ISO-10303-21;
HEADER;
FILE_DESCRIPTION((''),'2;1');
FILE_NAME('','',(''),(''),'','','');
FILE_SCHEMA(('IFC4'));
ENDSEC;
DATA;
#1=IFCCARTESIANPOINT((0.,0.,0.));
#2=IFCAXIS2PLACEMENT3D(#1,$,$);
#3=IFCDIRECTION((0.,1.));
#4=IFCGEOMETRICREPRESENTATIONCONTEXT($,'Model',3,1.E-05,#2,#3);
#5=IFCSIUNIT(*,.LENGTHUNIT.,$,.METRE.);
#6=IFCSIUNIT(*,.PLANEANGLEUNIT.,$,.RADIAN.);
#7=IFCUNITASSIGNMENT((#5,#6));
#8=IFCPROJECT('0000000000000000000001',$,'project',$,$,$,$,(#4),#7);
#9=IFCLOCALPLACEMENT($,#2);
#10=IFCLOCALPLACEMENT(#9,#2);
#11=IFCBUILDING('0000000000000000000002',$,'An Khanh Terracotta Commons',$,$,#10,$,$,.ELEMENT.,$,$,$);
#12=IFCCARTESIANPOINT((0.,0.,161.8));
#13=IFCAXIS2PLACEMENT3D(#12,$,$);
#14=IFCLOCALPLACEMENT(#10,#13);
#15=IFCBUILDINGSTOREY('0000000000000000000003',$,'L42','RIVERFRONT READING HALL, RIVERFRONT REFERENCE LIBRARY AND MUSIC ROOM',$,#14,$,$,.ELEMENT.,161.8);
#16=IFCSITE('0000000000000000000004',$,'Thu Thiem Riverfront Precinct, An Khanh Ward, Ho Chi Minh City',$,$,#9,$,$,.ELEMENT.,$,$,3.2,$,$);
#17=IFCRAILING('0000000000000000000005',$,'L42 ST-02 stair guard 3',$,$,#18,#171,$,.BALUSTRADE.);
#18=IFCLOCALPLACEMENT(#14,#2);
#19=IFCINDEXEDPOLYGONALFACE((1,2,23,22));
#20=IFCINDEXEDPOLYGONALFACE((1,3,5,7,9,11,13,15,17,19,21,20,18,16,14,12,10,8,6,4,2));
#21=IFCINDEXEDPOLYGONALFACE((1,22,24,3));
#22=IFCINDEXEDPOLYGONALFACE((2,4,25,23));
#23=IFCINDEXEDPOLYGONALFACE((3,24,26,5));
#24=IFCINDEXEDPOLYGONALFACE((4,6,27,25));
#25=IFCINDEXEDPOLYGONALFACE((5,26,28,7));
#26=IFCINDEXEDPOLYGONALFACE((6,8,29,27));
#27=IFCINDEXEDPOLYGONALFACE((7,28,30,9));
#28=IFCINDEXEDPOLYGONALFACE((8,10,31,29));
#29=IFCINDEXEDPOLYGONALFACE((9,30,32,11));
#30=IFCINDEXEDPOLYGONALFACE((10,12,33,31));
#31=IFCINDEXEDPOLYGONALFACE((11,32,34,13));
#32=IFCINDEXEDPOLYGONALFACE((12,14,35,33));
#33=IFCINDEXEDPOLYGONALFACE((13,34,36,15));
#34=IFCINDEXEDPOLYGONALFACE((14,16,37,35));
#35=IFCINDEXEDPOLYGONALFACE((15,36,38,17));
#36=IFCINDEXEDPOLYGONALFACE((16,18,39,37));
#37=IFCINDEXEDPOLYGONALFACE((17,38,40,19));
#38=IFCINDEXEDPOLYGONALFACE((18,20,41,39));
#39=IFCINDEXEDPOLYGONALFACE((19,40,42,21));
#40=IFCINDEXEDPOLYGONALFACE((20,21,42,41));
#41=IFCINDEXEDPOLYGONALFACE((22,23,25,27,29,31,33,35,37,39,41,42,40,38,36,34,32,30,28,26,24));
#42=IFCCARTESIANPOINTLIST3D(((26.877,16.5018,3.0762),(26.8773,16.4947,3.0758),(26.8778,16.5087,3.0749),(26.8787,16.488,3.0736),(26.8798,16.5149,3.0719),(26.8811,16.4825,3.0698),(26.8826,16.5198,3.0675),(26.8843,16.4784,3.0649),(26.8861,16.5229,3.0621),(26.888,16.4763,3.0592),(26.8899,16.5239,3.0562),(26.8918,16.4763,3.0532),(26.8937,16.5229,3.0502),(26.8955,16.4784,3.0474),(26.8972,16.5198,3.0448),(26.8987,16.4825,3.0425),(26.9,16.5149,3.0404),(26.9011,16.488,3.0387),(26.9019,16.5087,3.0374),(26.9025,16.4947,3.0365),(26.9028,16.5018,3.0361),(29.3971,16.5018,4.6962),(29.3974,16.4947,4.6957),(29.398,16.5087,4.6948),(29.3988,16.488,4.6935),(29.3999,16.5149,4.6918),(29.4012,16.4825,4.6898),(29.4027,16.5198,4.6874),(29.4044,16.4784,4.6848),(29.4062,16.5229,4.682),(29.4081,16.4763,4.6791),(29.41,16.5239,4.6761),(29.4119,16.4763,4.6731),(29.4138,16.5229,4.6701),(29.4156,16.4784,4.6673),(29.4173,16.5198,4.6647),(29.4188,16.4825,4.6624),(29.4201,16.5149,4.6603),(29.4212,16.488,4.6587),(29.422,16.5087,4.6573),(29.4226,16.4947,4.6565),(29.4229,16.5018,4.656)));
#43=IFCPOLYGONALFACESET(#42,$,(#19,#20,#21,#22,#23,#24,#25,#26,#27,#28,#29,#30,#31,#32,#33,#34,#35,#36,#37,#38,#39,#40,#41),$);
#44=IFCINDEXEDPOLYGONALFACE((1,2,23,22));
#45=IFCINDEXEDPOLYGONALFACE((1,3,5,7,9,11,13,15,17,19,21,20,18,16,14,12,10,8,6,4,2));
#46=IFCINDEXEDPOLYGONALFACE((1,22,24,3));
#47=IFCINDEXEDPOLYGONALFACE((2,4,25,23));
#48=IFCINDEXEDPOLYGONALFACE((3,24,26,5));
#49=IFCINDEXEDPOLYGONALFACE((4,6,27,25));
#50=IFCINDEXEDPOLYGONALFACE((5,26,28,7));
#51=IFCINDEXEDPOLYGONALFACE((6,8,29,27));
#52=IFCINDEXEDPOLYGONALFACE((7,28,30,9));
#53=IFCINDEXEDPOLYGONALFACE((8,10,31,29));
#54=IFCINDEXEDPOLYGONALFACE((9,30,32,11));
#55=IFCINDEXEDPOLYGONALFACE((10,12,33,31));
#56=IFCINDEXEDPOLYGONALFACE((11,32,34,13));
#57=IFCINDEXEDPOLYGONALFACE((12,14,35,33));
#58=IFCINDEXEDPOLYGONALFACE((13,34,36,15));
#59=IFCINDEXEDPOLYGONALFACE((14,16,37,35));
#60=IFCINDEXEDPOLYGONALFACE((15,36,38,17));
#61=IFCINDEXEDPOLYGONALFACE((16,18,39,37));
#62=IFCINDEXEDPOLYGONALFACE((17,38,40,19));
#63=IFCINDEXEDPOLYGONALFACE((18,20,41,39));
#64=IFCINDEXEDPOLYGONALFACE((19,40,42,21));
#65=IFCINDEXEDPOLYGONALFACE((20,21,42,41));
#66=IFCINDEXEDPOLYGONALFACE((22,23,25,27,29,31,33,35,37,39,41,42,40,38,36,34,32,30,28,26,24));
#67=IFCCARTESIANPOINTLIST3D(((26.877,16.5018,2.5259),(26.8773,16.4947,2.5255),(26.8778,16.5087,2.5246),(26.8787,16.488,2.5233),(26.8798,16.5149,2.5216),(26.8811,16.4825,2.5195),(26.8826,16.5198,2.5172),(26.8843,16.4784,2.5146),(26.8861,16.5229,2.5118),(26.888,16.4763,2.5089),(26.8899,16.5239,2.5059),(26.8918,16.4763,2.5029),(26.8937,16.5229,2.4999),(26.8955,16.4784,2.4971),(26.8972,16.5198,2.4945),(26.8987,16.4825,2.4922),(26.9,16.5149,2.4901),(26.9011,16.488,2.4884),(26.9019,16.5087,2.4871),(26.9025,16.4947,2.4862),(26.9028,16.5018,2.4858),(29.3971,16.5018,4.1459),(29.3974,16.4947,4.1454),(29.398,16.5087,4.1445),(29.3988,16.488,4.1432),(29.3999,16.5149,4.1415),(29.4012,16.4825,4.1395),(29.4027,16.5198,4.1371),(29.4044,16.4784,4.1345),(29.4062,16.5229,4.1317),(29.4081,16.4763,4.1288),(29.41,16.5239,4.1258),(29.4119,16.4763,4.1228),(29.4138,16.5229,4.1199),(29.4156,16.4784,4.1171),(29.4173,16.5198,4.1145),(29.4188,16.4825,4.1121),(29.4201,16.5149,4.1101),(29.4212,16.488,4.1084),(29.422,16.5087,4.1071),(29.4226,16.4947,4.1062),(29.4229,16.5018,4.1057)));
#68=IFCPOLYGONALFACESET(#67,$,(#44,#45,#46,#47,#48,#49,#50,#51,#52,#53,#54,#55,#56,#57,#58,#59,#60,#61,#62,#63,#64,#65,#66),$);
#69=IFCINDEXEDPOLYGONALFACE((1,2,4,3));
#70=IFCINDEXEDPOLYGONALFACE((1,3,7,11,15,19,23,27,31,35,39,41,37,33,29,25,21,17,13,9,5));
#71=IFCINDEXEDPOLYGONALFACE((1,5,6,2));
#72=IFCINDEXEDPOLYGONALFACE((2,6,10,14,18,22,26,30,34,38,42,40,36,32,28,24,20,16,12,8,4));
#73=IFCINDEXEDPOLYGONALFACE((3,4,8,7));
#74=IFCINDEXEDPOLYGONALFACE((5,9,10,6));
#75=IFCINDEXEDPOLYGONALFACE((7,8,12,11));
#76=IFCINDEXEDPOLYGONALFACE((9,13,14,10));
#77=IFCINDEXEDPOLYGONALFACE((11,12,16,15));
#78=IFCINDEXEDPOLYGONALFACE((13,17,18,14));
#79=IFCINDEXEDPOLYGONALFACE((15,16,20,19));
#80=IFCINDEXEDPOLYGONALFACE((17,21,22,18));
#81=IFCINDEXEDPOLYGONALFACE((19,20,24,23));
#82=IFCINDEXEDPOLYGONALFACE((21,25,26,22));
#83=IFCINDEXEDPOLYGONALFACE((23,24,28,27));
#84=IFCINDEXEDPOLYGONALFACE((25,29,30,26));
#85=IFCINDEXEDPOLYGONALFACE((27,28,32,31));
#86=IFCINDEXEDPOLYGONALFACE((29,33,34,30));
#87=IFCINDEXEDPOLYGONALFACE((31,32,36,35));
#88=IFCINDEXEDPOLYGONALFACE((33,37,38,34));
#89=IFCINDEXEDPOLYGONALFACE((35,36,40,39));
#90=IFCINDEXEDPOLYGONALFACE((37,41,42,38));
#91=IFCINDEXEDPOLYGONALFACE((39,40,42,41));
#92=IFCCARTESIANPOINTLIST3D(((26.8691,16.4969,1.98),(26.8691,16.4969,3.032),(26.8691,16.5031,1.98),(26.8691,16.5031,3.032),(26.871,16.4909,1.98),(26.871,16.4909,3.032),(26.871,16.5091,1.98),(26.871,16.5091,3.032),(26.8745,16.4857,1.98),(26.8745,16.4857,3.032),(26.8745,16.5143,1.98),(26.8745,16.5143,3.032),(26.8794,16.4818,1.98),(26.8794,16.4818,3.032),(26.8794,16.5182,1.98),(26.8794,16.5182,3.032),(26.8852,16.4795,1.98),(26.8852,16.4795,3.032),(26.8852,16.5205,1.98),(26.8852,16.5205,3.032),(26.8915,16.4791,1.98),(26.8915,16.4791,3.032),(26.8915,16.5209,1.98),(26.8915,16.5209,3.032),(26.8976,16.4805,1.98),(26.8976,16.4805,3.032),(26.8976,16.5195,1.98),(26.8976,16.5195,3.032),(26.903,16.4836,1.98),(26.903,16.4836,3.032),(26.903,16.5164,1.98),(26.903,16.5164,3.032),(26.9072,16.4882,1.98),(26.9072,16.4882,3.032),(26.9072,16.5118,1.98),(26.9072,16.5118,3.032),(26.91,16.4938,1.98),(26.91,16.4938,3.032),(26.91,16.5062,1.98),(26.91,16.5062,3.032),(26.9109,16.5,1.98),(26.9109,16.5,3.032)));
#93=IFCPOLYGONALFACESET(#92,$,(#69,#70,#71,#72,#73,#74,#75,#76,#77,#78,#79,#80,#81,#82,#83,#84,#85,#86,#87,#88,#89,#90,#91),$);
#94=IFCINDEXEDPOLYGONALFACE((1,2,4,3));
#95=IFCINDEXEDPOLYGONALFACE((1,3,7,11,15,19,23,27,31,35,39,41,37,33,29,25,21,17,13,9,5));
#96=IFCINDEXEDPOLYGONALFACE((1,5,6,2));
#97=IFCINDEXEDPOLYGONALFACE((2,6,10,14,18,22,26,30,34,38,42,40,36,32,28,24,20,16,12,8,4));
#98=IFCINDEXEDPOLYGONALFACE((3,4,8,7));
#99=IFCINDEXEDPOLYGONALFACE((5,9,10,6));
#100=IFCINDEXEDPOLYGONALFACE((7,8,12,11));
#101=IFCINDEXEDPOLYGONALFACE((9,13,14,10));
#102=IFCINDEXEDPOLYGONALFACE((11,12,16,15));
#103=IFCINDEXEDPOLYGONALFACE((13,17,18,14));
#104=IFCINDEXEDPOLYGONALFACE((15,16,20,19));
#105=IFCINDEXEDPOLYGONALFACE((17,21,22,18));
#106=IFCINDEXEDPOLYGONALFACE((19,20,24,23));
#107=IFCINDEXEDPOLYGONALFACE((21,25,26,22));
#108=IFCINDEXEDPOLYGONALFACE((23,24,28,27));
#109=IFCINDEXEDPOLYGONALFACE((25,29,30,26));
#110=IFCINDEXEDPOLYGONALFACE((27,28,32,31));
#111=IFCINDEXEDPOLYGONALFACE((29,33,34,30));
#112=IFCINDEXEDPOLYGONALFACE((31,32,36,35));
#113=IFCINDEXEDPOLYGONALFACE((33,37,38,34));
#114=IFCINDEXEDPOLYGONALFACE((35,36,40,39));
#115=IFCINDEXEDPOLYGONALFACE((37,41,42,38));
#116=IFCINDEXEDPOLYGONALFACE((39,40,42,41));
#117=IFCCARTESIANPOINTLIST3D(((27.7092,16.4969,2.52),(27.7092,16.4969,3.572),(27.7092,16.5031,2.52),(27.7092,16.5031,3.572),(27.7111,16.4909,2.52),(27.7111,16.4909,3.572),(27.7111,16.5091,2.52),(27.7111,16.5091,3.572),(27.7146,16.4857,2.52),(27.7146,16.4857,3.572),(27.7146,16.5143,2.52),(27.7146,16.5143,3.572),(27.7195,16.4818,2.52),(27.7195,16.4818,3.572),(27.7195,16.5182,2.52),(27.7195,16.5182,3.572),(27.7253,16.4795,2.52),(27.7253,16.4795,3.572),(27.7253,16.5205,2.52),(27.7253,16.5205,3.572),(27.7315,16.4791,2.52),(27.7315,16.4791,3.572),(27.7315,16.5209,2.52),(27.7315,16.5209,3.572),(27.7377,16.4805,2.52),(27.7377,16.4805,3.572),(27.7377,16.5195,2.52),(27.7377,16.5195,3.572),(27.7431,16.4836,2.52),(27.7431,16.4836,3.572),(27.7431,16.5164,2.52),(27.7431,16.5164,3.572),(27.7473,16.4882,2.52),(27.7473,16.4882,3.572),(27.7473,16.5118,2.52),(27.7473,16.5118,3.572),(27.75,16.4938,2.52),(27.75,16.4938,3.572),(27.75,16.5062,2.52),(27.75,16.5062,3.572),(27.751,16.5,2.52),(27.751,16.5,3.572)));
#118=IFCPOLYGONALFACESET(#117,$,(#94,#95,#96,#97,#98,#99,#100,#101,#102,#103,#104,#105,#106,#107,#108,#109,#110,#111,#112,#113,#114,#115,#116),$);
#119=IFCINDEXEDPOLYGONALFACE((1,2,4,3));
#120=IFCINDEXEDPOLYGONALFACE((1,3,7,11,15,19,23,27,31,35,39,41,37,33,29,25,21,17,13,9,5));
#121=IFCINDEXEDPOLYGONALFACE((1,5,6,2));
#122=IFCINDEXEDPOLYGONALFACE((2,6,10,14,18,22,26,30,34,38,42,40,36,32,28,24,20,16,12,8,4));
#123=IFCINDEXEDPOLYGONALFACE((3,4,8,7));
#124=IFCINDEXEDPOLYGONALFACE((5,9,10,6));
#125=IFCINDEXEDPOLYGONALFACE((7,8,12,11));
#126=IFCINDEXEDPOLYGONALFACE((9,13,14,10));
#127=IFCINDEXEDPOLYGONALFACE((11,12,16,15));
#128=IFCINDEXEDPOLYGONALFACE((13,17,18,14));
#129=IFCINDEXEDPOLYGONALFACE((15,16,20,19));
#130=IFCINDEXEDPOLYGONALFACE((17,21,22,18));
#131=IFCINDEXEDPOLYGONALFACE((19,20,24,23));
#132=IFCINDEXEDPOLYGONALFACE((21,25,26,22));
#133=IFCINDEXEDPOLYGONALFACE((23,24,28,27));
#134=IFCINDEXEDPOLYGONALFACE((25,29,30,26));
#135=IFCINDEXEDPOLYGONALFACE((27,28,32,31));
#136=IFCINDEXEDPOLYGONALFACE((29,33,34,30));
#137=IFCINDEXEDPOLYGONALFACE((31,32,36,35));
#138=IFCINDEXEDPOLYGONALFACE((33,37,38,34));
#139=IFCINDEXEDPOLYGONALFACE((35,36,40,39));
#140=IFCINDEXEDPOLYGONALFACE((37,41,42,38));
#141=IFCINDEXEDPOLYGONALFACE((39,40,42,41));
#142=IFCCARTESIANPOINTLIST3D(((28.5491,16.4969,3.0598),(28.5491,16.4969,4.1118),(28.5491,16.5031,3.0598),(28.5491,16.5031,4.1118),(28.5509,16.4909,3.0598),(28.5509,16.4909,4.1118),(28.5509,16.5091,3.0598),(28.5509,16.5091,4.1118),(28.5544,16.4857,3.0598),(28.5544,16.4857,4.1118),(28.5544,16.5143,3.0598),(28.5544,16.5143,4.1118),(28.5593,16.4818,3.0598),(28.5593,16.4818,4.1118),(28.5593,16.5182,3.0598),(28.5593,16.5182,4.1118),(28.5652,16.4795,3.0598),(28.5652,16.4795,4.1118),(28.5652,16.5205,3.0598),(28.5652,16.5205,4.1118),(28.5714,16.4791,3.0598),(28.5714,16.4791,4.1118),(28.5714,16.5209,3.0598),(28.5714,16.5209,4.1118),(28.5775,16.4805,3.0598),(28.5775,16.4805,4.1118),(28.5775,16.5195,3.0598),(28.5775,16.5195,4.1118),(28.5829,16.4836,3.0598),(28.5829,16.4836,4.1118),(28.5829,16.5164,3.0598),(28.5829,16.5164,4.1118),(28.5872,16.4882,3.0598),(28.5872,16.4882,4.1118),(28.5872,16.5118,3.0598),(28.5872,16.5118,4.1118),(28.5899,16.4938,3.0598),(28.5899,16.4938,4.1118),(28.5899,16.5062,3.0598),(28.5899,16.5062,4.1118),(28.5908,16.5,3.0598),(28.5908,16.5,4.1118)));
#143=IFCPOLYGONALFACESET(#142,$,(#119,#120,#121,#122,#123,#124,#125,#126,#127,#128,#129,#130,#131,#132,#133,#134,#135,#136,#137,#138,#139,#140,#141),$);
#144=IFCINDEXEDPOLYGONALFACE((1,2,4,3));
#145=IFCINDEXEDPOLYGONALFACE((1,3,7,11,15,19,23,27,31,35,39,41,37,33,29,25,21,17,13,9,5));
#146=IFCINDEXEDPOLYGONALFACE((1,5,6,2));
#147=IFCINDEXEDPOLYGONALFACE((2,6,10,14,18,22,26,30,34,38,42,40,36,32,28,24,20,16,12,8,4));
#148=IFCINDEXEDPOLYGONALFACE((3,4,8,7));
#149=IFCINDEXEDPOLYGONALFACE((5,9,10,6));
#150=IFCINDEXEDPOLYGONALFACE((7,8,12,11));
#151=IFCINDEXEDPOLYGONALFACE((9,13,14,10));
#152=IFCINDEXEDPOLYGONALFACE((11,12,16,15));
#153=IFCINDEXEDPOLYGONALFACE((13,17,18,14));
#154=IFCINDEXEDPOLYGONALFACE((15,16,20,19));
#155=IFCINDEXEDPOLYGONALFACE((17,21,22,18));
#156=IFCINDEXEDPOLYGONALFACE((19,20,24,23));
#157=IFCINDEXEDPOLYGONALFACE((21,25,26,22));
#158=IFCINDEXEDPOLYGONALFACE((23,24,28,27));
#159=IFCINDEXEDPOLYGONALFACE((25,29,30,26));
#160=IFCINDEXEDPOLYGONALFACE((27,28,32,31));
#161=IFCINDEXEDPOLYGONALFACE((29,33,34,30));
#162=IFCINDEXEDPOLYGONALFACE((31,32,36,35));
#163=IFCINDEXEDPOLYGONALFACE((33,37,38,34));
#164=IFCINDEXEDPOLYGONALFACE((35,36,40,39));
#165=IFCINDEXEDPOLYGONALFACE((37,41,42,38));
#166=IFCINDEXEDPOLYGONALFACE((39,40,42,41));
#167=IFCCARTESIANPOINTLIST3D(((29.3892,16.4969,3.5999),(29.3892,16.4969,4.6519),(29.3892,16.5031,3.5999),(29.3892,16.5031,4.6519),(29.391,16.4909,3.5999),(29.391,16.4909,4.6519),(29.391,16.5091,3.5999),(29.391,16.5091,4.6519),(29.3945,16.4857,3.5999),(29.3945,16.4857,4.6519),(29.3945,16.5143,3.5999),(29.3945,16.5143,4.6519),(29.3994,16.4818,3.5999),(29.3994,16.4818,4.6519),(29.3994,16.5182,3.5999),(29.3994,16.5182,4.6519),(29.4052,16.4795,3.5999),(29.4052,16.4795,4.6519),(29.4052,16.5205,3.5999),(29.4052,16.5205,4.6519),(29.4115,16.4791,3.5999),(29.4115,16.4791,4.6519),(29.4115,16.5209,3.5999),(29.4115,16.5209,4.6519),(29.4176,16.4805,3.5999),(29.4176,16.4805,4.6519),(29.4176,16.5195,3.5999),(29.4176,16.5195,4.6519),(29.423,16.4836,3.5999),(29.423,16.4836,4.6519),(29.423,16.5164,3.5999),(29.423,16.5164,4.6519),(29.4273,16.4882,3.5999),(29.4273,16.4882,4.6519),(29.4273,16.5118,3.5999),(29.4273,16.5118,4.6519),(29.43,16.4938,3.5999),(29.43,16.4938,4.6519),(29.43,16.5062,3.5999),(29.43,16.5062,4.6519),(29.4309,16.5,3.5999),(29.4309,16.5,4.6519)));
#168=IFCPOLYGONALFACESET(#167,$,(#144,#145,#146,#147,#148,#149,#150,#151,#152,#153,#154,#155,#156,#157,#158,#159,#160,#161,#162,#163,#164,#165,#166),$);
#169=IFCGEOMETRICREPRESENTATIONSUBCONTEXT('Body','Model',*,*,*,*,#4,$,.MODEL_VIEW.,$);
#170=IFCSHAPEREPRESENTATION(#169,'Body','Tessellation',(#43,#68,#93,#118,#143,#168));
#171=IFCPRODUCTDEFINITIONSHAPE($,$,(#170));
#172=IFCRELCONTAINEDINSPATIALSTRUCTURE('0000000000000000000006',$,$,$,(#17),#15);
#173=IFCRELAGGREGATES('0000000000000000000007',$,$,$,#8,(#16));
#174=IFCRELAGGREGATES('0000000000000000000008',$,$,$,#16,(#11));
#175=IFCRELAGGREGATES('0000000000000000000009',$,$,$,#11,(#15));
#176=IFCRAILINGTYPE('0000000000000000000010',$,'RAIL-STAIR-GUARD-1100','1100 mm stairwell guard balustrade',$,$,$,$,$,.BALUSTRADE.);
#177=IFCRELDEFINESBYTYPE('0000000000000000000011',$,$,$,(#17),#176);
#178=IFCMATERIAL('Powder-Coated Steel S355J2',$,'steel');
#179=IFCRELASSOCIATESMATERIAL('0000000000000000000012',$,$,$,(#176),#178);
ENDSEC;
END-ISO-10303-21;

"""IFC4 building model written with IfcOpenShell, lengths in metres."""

from ifc_helpers import new_model, si_unit, direction, frame, origin, origin_2d, place, context, subcontext, project, spatial, circle, extrude, material, type_object, element, save


model = new_model("IFC4")

# Units and contexts
model_context = context("Model", 3, precision=1e-05, world=origin(), true_north=direction((0.0, 1.0)))
body_context = subcontext(model_context, "Body", "Model", "MODEL_VIEW")
ifc_project = project(units=[si_unit("LENGTHUNIT", "METRE"), si_unit("PLANEANGLEUNIT", "RADIAN")], contexts=[model_context])

# Site, building, storey
site_placement = place(None, origin())
site = spatial("IfcSite", under=ifc_project, at=site_placement, Name="Thu Thiem Riverfront Precinct, An Khanh Ward, Ho Chi Minh City", CompositionType="ELEMENT", RefElevation=3.2)
building_placement = place(site_placement, origin())
building = spatial("IfcBuilding", under=site, at=building_placement, Name="An Khanh Terracotta Commons", CompositionType="ELEMENT")
storey_placement = place(building_placement, frame((0.0, 0.0, 161.8)))
storey = spatial("IfcBuildingStorey", under=building, at=storey_placement, Name="L42", Description="RIVERFRONT READING HALL, RIVERFRONT REFERENCE LIBRARY AND MUSIC ROOM", CompositionType="ELEMENT", Elevation=161.8)

# Railing
ifc_material_1 = material(Name="Powder-Coated Steel S355J2", Category="steel")
railing_type_1 = type_object("IfcRailingType", Name="RAIL-STAIR-GUARD-1100", Description="1100 mm stairwell guard balustrade", PredefinedType="BALUSTRADE", material=ifc_material_1)
railing_1_placement = place(storey_placement, frame((26.8899, 16.5, 1.98)))
element("IfcRailing", 1, at=railing_1_placement, inside=storey, type_object=railing_type_1, Name="L42 ST-02 stair guard 3", PredefinedType="BALUSTRADE", context=body_context, shape_type="SweptSolid", body=[
    extrude(circle(Radius=0.0239, at=origin_2d()), frame((0.0, 0.0, 1.0762), z_axis=(0.8412, 0.0, 0.540725), x_axis=(0.0, 1.0, 0.0)), (0.0, 0.0, 1.0), 2.9958),
    extrude(circle(Radius=0.0239, at=origin_2d()), frame((0.0, 0.0, 0.5259), z_axis=(0.8412, 0.0, 0.540725), x_axis=(0.0, 1.0, 0.0)), (0.0, 0.0, 1.0), 2.9958),
    extrude(circle(Radius=0.021, at=origin_2d()), origin(), (0.0, 0.0, 1.0), 1.052),
    extrude(circle(Radius=0.021, at=origin_2d()), frame((0.8401, 0.0, 0.54)), (0.0, 0.0, 1.0), 1.052),
    extrude(circle(Radius=0.021, at=origin_2d()), frame((1.6799, 0.0, 1.0798)), (0.0, 0.0, 1.0), 1.052),
    extrude(circle(Radius=0.021, at=origin_2d()), frame((2.52, 0.0, 1.6199)), (0.0, 0.0, 1.0), 1.052),
])

save(model, "model.ifc")
